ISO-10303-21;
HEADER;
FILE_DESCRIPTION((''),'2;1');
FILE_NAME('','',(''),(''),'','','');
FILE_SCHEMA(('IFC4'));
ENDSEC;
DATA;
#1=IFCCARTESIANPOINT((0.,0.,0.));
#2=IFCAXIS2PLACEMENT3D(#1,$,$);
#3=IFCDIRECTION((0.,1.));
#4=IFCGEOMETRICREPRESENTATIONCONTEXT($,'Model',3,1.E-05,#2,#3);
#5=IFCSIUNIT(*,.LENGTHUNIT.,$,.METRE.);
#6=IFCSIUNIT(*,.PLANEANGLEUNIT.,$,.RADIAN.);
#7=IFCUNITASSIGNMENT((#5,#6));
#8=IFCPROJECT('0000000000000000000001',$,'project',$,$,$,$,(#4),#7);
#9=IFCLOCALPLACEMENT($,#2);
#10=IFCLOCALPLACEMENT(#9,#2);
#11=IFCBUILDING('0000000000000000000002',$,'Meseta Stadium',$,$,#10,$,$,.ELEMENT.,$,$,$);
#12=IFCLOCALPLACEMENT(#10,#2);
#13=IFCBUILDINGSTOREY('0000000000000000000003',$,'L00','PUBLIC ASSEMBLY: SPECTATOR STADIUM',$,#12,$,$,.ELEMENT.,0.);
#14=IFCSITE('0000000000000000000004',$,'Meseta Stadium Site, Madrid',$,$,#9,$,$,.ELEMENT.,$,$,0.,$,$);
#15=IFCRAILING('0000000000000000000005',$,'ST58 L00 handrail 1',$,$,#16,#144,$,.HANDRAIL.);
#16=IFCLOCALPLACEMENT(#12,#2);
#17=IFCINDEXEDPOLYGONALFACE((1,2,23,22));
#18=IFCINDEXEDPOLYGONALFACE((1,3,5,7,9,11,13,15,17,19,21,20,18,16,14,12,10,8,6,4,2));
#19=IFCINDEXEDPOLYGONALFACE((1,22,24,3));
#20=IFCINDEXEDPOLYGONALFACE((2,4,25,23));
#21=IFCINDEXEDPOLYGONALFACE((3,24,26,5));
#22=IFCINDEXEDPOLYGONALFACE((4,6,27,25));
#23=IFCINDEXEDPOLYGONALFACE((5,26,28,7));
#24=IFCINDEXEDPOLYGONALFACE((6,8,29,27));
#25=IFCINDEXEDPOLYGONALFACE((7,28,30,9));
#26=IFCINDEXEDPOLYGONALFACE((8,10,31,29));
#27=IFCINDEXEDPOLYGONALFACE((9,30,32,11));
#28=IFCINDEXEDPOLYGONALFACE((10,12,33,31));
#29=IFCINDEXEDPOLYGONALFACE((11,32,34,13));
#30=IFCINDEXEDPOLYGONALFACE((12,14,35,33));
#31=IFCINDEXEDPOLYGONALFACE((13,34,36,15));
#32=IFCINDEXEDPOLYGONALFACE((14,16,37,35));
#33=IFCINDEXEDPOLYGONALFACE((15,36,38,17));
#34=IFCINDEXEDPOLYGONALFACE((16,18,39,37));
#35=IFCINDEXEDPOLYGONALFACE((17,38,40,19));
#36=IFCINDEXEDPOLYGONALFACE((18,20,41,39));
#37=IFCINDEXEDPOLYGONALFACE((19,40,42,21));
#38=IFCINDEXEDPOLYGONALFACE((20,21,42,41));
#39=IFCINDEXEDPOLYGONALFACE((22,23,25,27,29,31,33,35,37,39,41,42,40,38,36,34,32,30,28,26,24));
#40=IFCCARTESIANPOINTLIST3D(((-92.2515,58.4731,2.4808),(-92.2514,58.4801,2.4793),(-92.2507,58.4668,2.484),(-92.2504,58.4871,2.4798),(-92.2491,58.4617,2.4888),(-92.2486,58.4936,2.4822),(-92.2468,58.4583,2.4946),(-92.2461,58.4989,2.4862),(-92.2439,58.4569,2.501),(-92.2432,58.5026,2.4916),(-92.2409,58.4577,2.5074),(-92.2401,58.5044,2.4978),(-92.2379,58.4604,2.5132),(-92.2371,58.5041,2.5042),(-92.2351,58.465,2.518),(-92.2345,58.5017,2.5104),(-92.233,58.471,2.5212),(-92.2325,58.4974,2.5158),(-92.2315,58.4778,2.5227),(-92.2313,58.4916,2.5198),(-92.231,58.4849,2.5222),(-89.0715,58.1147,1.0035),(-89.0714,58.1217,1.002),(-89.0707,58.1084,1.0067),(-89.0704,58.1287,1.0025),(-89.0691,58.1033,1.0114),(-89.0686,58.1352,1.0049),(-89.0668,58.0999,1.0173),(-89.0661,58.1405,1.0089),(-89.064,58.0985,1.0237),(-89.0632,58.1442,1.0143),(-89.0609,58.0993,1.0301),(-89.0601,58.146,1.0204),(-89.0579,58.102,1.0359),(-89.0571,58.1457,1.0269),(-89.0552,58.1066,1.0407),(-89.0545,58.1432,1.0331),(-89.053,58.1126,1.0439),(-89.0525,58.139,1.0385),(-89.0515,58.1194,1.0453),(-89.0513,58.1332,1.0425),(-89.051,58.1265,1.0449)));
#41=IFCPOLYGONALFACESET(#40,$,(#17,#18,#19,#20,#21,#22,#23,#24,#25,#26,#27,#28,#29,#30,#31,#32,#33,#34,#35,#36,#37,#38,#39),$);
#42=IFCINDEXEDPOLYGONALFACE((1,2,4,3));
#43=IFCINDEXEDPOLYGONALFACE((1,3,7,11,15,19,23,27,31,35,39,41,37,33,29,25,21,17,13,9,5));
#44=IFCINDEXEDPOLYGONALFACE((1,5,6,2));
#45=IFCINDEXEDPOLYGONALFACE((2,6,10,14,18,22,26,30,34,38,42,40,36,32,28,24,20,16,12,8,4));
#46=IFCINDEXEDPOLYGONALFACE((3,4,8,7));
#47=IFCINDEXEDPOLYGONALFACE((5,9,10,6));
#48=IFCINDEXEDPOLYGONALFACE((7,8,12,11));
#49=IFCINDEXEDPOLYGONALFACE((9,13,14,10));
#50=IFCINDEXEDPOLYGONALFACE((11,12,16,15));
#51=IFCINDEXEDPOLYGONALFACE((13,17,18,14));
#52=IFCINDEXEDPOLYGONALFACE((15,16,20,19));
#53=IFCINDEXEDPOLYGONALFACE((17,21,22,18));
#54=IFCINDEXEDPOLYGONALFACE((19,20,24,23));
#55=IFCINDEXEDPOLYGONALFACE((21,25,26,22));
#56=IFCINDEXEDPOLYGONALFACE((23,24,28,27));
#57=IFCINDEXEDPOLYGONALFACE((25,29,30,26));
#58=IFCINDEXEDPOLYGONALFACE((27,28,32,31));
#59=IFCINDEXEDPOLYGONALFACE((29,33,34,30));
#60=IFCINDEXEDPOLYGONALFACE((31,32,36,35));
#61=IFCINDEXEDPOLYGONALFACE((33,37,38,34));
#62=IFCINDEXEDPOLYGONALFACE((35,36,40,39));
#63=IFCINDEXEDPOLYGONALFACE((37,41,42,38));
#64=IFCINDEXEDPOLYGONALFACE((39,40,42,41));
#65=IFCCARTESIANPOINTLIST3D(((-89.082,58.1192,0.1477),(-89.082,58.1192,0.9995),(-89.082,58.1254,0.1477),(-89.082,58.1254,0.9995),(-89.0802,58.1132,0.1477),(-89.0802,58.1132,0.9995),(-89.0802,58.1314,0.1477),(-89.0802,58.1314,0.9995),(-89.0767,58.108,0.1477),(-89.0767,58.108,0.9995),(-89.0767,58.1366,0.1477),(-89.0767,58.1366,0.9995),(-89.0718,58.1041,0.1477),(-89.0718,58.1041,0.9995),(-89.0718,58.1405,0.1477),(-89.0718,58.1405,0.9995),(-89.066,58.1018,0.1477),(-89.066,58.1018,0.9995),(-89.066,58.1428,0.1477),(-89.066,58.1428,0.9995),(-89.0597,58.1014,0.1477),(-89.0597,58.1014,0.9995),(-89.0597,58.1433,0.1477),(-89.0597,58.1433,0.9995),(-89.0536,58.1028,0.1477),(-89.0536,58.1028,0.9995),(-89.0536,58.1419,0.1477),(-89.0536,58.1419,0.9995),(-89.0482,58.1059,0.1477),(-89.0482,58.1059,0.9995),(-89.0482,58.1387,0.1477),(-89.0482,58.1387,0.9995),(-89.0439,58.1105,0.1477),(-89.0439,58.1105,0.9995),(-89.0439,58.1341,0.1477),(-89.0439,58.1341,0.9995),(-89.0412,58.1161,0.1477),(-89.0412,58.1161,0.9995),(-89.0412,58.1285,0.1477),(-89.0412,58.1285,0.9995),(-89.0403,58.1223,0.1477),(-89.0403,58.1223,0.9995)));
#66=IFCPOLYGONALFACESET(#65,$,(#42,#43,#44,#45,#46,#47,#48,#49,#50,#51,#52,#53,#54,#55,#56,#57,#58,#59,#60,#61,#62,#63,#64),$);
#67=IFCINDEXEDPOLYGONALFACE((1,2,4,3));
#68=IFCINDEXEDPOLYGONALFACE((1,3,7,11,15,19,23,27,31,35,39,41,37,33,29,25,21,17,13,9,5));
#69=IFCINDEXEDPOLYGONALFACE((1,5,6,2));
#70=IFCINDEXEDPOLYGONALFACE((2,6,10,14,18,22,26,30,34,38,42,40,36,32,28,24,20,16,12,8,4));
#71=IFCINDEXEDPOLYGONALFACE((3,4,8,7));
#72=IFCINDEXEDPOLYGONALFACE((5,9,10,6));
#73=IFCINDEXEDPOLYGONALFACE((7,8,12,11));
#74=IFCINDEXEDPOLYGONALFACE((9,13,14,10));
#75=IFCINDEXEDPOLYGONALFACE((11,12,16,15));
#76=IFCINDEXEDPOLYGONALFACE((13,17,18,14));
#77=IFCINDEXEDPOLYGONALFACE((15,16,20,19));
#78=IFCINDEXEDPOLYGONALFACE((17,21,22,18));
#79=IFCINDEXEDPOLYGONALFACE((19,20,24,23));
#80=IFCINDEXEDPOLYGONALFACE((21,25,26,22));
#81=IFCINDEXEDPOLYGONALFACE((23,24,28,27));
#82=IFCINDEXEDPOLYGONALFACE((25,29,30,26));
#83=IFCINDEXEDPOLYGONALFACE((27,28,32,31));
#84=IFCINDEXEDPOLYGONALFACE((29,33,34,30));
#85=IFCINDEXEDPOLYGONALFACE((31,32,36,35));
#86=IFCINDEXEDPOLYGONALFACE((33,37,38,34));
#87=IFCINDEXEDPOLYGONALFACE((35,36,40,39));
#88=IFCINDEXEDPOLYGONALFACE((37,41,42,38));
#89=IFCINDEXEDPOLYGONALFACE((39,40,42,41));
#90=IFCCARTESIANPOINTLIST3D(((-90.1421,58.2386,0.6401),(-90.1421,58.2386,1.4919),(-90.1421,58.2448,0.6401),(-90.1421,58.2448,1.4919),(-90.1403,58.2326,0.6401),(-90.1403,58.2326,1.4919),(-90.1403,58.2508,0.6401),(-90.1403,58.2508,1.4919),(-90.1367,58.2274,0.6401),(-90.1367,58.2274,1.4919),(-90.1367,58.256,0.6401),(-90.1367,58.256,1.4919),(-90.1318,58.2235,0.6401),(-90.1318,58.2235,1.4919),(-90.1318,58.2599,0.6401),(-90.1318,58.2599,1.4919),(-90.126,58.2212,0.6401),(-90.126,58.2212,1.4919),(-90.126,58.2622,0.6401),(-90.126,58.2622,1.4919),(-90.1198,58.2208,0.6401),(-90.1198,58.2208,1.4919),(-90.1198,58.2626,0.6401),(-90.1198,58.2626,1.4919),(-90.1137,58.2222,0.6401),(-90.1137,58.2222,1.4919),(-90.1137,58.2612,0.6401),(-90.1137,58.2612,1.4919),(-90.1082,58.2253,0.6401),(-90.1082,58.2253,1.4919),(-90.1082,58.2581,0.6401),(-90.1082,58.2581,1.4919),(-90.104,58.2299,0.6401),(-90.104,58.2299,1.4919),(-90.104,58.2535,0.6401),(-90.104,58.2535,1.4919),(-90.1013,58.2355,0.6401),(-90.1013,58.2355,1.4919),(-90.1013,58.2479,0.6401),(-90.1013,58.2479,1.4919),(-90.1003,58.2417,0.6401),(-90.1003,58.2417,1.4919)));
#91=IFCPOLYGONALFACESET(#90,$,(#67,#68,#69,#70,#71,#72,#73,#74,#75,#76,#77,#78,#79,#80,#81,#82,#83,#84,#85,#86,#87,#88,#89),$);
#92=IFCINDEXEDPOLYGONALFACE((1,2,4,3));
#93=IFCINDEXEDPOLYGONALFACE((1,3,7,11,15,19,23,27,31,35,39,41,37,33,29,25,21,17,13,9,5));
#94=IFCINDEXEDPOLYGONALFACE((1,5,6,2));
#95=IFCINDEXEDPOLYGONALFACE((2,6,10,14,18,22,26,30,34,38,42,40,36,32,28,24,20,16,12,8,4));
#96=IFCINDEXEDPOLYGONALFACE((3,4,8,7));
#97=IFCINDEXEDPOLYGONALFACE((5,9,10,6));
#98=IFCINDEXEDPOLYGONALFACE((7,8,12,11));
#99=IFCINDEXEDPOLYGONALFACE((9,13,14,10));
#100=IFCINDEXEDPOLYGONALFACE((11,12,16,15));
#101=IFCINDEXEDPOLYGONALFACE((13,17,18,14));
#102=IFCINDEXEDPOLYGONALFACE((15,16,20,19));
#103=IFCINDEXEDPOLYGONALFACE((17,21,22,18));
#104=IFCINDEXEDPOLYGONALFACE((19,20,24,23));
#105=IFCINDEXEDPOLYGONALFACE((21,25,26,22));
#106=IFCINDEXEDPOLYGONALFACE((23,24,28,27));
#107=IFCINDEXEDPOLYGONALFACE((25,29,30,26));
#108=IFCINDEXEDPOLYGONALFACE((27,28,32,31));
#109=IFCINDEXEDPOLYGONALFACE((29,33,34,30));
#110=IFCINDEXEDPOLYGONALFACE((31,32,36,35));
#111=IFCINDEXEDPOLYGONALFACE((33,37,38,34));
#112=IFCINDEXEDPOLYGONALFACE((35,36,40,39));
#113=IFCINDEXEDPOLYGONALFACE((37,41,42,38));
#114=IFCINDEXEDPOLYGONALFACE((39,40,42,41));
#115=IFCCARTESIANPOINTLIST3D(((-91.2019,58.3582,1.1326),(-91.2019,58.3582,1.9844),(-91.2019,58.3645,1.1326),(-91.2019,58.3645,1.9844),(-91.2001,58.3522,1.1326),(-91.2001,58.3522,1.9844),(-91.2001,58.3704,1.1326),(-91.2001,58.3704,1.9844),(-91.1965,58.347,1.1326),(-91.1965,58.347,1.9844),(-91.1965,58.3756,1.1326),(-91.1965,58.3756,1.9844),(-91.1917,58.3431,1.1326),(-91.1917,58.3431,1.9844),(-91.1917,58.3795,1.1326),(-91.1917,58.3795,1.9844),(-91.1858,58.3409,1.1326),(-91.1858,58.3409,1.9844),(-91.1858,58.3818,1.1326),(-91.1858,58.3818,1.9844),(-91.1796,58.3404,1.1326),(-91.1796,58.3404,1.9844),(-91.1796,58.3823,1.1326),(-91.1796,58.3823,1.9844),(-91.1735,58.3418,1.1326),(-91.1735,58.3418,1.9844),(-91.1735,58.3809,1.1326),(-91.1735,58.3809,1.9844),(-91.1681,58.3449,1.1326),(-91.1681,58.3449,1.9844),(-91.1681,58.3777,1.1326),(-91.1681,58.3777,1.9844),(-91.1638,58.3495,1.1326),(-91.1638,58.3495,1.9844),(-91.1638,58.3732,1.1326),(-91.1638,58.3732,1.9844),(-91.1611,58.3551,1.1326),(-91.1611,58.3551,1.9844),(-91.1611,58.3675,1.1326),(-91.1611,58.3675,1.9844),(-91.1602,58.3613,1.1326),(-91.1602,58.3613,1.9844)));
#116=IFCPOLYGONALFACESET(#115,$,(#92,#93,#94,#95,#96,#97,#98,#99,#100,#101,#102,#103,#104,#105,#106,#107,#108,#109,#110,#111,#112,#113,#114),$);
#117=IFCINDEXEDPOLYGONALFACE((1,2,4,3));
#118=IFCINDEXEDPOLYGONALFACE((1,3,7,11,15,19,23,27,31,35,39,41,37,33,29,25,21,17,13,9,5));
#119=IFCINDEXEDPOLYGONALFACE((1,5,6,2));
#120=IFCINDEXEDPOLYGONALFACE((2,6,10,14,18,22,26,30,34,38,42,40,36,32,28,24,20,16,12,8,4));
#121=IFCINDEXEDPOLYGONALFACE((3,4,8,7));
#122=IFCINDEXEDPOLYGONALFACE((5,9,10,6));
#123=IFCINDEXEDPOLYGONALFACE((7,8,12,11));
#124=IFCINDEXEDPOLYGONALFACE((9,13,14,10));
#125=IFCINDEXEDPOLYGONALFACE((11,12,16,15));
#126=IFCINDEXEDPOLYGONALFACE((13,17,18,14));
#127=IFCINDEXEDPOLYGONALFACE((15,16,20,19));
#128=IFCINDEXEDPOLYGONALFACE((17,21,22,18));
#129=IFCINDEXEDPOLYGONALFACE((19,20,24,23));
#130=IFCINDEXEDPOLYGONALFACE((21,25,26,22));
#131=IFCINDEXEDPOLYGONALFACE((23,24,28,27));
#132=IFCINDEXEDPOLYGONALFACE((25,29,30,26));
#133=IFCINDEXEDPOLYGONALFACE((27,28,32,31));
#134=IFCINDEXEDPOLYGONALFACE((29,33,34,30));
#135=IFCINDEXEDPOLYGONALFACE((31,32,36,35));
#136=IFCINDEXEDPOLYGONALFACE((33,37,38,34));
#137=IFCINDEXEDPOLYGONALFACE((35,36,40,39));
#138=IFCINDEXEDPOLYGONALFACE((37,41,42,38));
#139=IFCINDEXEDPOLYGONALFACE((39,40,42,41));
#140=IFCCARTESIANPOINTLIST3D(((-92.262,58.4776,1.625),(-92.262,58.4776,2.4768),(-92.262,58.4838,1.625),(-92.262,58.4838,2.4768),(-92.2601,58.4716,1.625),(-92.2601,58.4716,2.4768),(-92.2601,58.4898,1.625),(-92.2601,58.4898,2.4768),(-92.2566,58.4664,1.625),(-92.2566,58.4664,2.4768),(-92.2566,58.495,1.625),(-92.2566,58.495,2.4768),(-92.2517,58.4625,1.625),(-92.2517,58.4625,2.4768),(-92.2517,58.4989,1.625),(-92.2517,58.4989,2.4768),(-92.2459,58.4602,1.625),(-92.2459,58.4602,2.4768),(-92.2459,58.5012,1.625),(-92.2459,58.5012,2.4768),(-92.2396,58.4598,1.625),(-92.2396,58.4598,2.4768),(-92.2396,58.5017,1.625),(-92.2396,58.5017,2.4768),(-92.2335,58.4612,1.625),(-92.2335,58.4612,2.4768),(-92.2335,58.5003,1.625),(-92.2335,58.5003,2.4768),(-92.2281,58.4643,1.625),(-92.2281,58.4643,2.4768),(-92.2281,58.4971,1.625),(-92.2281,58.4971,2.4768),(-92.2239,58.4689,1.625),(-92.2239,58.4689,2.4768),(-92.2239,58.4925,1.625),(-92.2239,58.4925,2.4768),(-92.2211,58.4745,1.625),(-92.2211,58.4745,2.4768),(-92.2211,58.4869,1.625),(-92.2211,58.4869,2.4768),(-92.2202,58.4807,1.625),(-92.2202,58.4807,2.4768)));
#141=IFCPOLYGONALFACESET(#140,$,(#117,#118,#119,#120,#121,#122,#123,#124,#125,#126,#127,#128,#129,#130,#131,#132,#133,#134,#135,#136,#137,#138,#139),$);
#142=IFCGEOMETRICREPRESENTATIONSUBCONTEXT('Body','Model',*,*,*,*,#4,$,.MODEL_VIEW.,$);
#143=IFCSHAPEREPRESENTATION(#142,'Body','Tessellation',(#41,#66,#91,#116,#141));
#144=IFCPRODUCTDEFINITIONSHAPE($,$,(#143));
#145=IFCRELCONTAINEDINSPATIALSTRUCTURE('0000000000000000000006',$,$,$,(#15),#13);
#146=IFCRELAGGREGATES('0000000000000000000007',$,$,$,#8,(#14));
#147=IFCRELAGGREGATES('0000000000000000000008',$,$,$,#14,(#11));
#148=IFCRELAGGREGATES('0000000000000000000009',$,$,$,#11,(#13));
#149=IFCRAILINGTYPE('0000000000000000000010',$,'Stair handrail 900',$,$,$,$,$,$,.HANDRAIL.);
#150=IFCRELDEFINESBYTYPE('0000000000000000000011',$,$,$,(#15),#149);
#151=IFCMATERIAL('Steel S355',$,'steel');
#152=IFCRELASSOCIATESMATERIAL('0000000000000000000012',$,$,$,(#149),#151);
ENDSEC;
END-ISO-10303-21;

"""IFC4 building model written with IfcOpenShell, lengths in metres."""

from ifc_helpers import new_model, si_unit, direction, frame, origin, origin_2d, place, context, subcontext, project, spatial, circle, extrude, material, type_object, element, save


model = new_model("IFC4")

# Units and contexts
model_context = context("Model", 3, precision=1e-05, world=origin(), true_north=direction((0.0, 1.0)))
body_context = subcontext(model_context, "Body", "Model", "MODEL_VIEW")
ifc_project = project(units=[si_unit("LENGTHUNIT", "METRE"), si_unit("PLANEANGLEUNIT", "RADIAN")], contexts=[model_context])

# Site, building, storey
site_placement = place(None, origin())
site = spatial("IfcSite", under=ifc_project, at=site_placement, Name="Meseta Stadium Site, Madrid", CompositionType="ELEMENT", RefElevation=0.0)
building_placement = place(site_placement, origin())
building = spatial("IfcBuilding", under=site, at=building_placement, Name="Meseta Stadium", CompositionType="ELEMENT")
storey_placement = place(building_placement, origin())
storey = spatial("IfcBuildingStorey", under=building, at=storey_placement, Name="L00", Description="PUBLIC ASSEMBLY: SPECTATOR STADIUM", CompositionType="ELEMENT", Elevation=0.0)

# Railing
ifc_material_1 = material(Name="Steel S355", Category="steel")
railing_type_1 = type_object("IfcRailingType", Name="Stair handrail 900", PredefinedType="HANDRAIL", material=ifc_material_1)
for number, where, name in (
    (1, (-89.0613, 58.1223, 0.1477), "ST58 L00 handrail 1"),
):
    element("IfcRailing", number, at=place(storey_placement, frame(where)), inside=storey, type_object=railing_type_1, Name=name, PredefinedType="HANDRAIL", context=body_context, shape_type="SweptSolid", body=[
        extrude(circle(Radius=0.0239, at=origin_2d()), frame((0.0, 0.0, 0.876), z_axis=(-0.90221, 0.101685, 0.419138), x_axis=(-0.111997, -0.993709, 0.0)), (0.0, 0.0, 1.0), 3.5247),
        extrude(circle(Radius=0.021, at=origin_2d()), origin(), (0.0, 0.0, 1.0), 0.8518),
        extrude(circle(Radius=0.021, at=origin_2d()), frame((-1.0601, 0.1194, 0.4924)), (0.0, 0.0, 1.0), 0.8518),
        extrude(circle(Radius=0.021, at=origin_2d()), frame((-2.1199, 0.239, 0.9849)), (0.0, 0.0, 1.0), 0.8518),
        extrude(circle(Radius=0.021, at=origin_2d()), frame((-3.1799, 0.3584, 1.4773)), (0.0, 0.0, 1.0), 0.8518),
    ])

save(model, "model.ifc")
